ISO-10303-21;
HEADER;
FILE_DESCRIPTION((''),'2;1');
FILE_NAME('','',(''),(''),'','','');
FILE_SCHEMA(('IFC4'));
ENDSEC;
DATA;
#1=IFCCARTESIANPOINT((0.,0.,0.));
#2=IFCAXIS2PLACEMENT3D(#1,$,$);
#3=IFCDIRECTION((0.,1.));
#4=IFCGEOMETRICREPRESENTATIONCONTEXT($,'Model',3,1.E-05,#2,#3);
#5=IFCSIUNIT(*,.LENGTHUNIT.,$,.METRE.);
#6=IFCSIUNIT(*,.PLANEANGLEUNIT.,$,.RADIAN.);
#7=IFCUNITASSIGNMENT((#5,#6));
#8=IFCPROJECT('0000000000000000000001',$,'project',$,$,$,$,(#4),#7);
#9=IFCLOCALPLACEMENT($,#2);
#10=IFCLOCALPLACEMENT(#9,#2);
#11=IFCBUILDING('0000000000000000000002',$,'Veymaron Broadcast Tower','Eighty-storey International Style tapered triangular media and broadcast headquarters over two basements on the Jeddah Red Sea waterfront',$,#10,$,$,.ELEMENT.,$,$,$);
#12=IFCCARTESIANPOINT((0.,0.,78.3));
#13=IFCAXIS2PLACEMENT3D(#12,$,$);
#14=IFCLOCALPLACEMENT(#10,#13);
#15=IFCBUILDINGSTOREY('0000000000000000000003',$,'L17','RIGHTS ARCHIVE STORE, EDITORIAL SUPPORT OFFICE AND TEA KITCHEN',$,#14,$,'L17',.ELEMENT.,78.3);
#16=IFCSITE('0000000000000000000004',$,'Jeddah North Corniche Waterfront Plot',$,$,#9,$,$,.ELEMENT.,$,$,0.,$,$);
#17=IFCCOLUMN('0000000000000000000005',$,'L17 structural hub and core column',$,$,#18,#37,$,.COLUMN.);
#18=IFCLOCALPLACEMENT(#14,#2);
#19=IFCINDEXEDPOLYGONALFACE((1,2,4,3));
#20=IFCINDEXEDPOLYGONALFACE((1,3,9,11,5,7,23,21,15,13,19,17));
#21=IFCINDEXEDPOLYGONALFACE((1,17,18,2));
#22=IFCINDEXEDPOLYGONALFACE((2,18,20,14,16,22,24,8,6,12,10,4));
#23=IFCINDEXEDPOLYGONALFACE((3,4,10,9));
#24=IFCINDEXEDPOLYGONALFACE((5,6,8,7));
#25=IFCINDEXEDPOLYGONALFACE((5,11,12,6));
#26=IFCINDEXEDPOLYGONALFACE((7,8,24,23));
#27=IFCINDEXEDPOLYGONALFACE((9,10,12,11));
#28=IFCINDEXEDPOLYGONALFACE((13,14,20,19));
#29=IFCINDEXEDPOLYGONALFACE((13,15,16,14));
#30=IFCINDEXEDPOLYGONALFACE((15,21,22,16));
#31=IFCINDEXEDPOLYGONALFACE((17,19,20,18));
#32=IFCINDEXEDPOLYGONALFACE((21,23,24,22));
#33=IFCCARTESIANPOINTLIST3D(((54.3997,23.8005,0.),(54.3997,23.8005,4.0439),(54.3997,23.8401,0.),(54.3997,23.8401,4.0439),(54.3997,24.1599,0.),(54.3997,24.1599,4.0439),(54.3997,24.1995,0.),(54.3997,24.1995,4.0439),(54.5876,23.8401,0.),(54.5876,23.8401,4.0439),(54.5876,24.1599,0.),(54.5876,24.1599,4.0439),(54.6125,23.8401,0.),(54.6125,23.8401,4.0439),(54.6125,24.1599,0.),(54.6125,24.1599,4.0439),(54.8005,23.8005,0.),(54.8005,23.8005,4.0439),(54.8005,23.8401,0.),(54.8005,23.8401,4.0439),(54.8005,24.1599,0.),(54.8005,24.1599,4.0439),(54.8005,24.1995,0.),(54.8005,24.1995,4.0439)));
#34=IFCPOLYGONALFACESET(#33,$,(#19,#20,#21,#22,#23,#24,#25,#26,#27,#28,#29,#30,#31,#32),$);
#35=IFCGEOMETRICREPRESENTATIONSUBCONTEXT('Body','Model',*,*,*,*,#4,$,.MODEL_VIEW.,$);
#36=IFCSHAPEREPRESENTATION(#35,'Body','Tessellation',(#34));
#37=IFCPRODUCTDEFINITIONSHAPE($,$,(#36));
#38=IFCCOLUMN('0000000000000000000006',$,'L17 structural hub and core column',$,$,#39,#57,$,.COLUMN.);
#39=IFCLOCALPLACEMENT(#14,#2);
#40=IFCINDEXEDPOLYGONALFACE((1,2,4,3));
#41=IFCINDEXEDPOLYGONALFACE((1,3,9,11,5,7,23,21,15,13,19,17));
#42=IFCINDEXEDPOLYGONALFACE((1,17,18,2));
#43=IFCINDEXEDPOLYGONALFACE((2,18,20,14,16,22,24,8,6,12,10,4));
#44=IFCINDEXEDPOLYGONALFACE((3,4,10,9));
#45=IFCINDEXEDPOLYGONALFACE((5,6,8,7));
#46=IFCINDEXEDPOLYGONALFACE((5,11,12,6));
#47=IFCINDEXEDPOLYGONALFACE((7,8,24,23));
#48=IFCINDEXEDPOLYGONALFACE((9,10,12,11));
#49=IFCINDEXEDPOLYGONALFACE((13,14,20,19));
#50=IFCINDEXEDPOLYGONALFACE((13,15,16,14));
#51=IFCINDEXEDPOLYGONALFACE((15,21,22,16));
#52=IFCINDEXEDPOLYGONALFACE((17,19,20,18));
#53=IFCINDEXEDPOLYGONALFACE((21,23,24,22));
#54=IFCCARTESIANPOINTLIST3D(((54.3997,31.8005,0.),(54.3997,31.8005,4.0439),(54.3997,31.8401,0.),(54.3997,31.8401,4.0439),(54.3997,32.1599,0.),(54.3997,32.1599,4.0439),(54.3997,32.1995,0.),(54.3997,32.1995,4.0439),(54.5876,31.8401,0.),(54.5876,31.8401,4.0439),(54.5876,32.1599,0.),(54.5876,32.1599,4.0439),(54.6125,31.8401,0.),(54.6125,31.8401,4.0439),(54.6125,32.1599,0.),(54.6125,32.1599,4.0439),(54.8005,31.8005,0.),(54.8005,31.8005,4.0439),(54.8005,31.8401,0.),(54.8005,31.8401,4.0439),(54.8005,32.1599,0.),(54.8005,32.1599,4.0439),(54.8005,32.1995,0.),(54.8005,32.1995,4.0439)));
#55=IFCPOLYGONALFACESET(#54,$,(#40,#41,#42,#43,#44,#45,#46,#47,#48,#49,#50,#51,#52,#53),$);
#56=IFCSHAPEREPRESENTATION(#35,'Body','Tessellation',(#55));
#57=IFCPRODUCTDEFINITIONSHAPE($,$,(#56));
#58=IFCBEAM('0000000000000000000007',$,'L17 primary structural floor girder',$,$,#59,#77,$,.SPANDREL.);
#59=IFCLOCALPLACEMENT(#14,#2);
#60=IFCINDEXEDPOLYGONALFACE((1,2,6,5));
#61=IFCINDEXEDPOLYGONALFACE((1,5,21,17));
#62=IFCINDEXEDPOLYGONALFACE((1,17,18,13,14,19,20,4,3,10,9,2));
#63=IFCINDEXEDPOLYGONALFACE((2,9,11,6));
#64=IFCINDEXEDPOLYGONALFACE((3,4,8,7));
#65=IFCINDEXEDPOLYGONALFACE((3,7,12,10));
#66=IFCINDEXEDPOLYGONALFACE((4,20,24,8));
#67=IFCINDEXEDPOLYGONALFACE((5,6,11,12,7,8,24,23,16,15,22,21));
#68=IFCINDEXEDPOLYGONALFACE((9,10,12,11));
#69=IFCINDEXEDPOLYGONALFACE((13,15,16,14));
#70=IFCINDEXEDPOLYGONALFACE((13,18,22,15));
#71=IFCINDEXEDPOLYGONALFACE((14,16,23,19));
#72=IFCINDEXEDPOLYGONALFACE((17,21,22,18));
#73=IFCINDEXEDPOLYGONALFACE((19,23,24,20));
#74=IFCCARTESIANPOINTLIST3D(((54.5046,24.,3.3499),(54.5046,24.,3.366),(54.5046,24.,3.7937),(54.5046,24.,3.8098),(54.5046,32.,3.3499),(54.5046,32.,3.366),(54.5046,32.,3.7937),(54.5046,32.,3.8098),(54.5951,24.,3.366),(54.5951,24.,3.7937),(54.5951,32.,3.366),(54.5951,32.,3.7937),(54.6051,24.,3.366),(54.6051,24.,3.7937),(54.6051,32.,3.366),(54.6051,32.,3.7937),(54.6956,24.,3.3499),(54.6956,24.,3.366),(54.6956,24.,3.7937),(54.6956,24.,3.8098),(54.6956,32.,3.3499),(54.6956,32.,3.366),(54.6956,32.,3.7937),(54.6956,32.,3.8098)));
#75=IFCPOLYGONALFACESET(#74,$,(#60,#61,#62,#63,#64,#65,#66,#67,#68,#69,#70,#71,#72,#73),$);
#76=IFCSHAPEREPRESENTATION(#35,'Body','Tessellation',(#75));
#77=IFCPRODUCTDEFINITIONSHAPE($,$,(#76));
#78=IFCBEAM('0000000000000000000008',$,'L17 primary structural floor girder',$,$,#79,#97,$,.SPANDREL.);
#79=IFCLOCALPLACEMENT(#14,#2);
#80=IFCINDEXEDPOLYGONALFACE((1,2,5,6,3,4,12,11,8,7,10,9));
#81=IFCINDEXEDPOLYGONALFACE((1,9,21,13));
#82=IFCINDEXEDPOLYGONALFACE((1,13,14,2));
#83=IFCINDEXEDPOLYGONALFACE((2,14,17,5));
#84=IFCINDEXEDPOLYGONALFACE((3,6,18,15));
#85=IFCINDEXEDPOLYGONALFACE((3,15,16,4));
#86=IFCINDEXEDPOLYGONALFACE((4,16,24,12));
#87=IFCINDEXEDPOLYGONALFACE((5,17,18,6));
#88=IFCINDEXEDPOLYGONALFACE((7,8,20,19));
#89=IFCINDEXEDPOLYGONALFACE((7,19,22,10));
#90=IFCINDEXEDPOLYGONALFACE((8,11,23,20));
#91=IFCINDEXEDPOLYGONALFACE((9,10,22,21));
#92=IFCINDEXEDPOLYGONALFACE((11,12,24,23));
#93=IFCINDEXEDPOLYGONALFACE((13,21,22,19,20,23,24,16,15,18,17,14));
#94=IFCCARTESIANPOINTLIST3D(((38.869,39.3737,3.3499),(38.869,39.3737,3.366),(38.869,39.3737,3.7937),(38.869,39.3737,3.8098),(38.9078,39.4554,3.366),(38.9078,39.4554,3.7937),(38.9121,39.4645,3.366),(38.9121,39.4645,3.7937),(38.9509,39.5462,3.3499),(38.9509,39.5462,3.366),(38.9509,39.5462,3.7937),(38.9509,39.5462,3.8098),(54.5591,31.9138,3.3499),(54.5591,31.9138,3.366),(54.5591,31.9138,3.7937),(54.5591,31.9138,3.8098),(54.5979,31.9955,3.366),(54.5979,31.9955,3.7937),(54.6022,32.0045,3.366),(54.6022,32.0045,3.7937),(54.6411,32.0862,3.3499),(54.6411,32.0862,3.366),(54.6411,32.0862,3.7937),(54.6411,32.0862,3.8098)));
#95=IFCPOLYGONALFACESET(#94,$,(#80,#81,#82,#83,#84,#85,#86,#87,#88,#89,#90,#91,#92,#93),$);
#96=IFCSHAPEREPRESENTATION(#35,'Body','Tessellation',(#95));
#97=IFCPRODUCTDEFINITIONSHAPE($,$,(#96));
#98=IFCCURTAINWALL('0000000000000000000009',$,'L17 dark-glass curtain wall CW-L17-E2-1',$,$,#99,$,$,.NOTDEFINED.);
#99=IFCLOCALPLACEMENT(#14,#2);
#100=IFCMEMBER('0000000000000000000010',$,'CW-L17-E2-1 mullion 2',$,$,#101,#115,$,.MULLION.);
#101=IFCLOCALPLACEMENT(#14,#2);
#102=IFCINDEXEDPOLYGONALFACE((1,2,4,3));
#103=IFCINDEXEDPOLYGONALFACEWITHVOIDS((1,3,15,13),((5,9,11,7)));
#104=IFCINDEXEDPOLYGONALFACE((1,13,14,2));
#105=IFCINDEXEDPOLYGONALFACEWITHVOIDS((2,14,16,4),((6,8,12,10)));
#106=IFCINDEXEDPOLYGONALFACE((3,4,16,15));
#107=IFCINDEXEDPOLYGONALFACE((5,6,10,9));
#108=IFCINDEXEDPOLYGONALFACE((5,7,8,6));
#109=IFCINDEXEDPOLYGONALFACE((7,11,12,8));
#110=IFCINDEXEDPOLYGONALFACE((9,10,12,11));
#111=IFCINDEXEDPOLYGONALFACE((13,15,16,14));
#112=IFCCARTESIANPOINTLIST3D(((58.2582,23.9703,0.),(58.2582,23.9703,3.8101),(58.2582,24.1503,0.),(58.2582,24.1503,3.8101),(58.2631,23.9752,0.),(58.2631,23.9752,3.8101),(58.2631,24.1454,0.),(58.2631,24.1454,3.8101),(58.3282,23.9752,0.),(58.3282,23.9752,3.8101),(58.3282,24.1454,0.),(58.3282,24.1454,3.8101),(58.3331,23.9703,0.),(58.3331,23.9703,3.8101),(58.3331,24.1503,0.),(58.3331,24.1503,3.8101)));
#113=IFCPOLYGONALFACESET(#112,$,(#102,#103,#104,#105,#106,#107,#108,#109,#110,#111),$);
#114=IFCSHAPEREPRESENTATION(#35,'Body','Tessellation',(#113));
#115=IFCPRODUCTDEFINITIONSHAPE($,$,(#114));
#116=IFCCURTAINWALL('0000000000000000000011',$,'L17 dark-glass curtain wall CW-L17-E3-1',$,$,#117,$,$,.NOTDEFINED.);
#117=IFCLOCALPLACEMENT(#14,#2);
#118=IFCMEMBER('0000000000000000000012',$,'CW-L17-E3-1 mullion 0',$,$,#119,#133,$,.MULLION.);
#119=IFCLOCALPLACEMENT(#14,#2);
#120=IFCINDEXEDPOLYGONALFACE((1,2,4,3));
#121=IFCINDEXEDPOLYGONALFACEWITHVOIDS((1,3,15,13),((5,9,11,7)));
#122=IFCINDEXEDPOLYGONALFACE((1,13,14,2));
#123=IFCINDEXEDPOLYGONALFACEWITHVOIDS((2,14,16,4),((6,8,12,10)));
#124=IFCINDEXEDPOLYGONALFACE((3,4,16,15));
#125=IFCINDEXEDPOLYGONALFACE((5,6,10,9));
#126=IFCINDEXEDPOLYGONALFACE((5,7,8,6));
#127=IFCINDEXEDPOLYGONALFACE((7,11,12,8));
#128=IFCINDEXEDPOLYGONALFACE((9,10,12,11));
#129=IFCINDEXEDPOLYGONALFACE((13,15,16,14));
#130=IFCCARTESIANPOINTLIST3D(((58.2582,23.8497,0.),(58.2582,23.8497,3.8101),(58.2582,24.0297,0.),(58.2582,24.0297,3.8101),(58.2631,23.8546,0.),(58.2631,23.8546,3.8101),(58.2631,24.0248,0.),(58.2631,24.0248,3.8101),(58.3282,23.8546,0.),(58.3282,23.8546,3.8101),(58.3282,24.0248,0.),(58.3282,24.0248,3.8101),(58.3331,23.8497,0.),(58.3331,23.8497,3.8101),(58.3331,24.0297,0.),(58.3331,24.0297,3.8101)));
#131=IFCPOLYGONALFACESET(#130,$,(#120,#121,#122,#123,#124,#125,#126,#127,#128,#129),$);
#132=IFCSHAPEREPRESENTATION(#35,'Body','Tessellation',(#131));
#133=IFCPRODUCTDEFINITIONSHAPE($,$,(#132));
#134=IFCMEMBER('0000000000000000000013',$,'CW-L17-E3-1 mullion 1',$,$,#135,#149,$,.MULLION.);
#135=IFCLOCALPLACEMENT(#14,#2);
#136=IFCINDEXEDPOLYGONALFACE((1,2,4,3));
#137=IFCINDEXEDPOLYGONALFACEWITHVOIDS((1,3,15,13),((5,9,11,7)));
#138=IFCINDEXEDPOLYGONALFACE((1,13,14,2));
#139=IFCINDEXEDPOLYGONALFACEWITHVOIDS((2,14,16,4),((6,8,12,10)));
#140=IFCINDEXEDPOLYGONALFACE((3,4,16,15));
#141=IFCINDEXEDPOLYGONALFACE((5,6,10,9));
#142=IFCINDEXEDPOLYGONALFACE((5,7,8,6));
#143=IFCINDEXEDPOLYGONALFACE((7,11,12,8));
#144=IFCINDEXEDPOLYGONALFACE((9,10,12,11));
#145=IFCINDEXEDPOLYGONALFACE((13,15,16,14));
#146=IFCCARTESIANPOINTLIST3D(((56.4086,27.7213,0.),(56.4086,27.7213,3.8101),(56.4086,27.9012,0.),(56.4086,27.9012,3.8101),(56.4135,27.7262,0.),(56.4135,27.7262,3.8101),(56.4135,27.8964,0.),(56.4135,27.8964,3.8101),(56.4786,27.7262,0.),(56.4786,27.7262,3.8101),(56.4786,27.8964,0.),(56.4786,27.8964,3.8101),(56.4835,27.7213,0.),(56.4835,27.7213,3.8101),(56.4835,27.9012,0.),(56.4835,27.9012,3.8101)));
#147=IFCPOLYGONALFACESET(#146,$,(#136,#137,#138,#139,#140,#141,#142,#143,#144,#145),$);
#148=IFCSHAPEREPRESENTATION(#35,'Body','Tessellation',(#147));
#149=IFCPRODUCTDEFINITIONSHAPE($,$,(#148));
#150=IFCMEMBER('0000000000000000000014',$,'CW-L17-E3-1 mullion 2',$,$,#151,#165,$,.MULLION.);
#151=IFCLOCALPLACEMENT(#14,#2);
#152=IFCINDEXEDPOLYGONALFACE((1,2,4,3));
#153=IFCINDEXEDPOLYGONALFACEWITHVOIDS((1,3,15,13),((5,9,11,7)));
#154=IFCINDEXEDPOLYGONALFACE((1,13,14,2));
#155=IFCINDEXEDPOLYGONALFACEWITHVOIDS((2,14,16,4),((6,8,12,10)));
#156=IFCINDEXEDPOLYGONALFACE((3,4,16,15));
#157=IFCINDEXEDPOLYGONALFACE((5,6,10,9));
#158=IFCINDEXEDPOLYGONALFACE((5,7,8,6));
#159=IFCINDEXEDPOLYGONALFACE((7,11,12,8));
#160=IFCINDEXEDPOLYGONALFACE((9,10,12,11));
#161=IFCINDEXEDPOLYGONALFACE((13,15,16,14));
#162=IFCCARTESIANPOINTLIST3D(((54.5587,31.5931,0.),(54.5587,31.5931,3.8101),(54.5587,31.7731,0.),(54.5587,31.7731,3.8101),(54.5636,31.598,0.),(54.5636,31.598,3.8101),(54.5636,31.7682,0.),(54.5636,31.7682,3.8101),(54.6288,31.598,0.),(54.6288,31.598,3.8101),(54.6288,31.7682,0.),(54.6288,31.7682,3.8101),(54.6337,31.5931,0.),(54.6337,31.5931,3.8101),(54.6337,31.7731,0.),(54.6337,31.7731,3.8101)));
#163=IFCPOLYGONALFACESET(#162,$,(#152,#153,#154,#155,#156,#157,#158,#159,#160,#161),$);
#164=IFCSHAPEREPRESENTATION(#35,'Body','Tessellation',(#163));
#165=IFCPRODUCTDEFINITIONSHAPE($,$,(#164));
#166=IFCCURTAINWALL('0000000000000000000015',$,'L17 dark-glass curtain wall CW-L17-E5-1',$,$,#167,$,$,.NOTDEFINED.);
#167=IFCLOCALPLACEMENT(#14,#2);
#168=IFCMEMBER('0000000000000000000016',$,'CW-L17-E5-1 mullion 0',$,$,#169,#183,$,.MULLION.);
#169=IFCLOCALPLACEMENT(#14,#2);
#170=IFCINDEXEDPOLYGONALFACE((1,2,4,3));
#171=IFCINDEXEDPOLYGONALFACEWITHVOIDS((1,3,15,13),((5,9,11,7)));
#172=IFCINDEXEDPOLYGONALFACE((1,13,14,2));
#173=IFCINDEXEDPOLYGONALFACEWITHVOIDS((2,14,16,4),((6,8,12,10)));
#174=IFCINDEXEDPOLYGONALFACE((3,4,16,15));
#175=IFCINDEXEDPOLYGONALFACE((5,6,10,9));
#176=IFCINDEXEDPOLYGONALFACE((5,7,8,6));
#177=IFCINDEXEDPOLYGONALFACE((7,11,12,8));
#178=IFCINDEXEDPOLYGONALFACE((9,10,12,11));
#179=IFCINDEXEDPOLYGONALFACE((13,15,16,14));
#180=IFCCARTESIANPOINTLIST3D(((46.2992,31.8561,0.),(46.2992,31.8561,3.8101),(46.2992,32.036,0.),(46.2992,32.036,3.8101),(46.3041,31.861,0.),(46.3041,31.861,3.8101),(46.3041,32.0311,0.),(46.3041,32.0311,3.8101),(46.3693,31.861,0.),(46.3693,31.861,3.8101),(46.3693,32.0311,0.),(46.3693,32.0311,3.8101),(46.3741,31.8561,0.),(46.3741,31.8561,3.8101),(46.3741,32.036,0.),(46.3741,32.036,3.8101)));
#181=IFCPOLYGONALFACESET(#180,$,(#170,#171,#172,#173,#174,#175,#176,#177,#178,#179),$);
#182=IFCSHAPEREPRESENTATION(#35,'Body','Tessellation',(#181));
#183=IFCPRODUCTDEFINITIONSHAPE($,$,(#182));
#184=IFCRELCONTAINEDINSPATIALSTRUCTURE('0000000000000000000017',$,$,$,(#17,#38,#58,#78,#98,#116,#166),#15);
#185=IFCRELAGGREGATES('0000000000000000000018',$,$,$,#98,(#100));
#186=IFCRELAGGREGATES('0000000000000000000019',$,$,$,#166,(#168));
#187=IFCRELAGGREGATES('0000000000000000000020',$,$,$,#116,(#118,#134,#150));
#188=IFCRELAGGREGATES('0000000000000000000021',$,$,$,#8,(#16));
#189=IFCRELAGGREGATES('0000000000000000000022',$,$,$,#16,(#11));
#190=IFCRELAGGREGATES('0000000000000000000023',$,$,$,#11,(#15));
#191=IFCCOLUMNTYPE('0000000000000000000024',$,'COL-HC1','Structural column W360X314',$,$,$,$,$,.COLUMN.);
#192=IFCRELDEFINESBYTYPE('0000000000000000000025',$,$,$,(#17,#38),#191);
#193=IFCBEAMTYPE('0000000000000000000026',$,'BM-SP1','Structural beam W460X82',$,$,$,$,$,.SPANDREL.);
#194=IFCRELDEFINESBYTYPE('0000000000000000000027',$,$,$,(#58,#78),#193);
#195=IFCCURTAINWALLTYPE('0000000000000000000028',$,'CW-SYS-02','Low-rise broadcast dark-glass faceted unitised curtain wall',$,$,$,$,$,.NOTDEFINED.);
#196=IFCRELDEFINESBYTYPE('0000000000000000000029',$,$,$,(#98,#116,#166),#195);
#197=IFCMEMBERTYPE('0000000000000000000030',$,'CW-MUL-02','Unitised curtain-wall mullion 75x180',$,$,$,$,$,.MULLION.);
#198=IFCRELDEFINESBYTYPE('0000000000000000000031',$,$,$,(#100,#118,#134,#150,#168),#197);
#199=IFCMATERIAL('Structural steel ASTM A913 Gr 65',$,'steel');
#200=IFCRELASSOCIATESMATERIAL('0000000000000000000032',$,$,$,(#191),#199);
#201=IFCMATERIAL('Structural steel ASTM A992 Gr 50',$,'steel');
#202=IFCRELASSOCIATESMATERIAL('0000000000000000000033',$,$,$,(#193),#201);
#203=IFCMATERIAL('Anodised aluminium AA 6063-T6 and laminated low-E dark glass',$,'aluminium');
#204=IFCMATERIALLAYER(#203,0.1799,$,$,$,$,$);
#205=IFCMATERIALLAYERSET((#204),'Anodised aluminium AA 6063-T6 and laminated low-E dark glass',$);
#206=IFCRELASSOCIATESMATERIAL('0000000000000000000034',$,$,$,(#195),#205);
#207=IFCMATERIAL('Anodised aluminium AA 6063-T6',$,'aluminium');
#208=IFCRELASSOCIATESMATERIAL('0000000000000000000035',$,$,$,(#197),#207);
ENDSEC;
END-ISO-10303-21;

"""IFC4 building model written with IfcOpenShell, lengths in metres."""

from ifc_helpers import new_model, si_unit, direction, frame, origin, origin_2d, place, context, subcontext, project, spatial, hollow_rectangle, i_section, extrude, material, layer, layer_set, material_profile, profile_set, type_object, element, aggregate, save


model = new_model("IFC4")

# Units and contexts
model_context = context("Model", 3, precision=1e-05, world=origin(), true_north=direction((0.0, 1.0)))
body_context = subcontext(model_context, "Body", "Model", "MODEL_VIEW")
ifc_project = project(units=[si_unit("LENGTHUNIT", "METRE"), si_unit("PLANEANGLEUNIT", "RADIAN")], contexts=[model_context])

# Site, building, storey
site_placement = place(None, origin())
site = spatial("IfcSite", under=ifc_project, at=site_placement, Name="Jeddah North Corniche Waterfront Plot", CompositionType="ELEMENT", RefElevation=0.0)
building_placement = place(site_placement, origin())
building = spatial("IfcBuilding", under=site, at=building_placement, Name="Veymaron Broadcast Tower", Description="Eighty-storey International Style tapered triangular media and broadcast headquarters over two basements on the Jeddah Red Sea waterfront", CompositionType="ELEMENT")
storey_placement = place(building_placement, frame((0.0, 0.0, 78.3)))
storey = spatial("IfcBuildingStorey", under=building, at=storey_placement, Name="L17", Description="RIGHTS ARCHIVE STORE, EDITORIAL SUPPORT OFFICE AND TEA KITCHEN", LongName="L17", CompositionType="ELEMENT", Elevation=78.3)

# Columns
ifc_material_1 = material(Name="Structural steel ASTM A913 Gr 65", Category="steel")
ifc_material_profile_1 = material_profile(ifc_material_1, i_section(OverallWidth=0.4009, OverallDepth=0.3989, WebThickness=0.0249, FlangeThickness=0.0396, at=origin_2d()), Name="W360X314")
ifc_profile_set_1 = profile_set([ifc_material_profile_1], Name="Structural steel ASTM A913 Gr 65")
column_type = type_object("IfcColumnType", Name="COL-HC1", Description="Structural column W360X314", PredefinedType="COLUMN", material=ifc_profile_set_1)
for number, where, z_axis, x_axis, name in (
    (1, (54.6001, 24.0, 0.0), (0.0, 0.0, 1.0), (1.0, 0.0, 0.0), "L17 structural hub and core column"),
    (2, (54.6001, 32.0, 0.0), (0.0, 0.0, 1.0), (1.0, 0.0, 0.0), "L17 structural hub and core column"),
):
    element("IfcColumn", number, at=place(storey_placement, frame(where, z_axis=z_axis, x_axis=x_axis)), inside=storey, type_object=column_type, Name=name, PredefinedType="COLUMN", context=body_context, shape_type="SweptSolid", body=[
        extrude(i_section(OverallWidth=0.4009, OverallDepth=0.3989, WebThickness=0.0249, FlangeThickness=0.0396, at=origin_2d()), origin(), (0.0, 0.0, 1.0), 4.0439),
    ])

# Beams
ifc_material_2 = material(Name="Structural steel ASTM A992 Gr 50", Category="steel")
ifc_material_profile_2 = material_profile(ifc_material_2, i_section(OverallWidth=0.1909, OverallDepth=0.46, WebThickness=0.01, FlangeThickness=0.0161, at=origin_2d()), Name="W460X82")
ifc_profile_set_2 = profile_set([ifc_material_profile_2], Name="Structural steel ASTM A992 Gr 50")
beam_type = type_object("IfcBeamType", Name="BM-SP1", Description="Structural beam W460X82", PredefinedType="SPANDREL", material=ifc_profile_set_2)
beam_1_placement = place(storey_placement, frame((54.6001, 24.0, 3.5798), z_axis=(0.0, 1.0, 0.0), x_axis=(-1.0, 0.0, 0.0)))
element("IfcBeam", 3, at=beam_1_placement, inside=storey, type_object=beam_type, Name="L17 primary structural floor girder", PredefinedType="SPANDREL", context=body_context, shape_type="SweptSolid", body=[
    extrude(i_section(OverallWidth=0.1909, OverallDepth=0.46, WebThickness=0.01, FlangeThickness=0.0161, at=origin_2d()), origin(), (0.0, 0.0, 1.0), 8.0),
])
beam_2_placement = place(storey_placement, frame((54.6001, 32.0, 3.5798), z_axis=(-0.903119, 0.429391, 0.0), x_axis=(-0.429391, -0.903119, 0.0)))
element("IfcBeam", 4, at=beam_2_placement, inside=storey, type_object=beam_type, Name="L17 primary structural floor girder", PredefinedType="SPANDREL", context=body_context, shape_type="SweptSolid", body=[
    extrude(i_section(OverallWidth=0.1909, OverallDepth=0.46, WebThickness=0.01, FlangeThickness=0.0161, at=origin_2d()), origin(), (0.0, 0.0, 1.0), 17.3733),
])

# Curtain wall, member
ifc_material_3 = material(Name="Anodised aluminium AA 6063-T6 and laminated low-E dark glass", Category="aluminium")
ifc_layer_1 = layer(ifc_material_3, 0.1799)
ifc_layer_set_1 = layer_set([ifc_layer_1], Name="Anodised aluminium AA 6063-T6 and laminated low-E dark glass")
curtain_wall_type = type_object("IfcCurtainWallType", Name="CW-SYS-02", Description="Low-rise broadcast dark-glass faceted unitised curtain wall", PredefinedType="NOTDEFINED", material=ifc_layer_set_1)
curtain_wall_1_placement = place(storey_placement, origin())
curtain_wall_1 = element("IfcCurtainWall", 5, at=curtain_wall_1_placement, inside=storey, type_object=curtain_wall_type, Name="L17 dark-glass curtain wall CW-L17-E2-1", PredefinedType="NOTDEFINED")
ifc_material_4 = material(Name="Anodised aluminium AA 6063-T6", Category="aluminium")
ifc_material_profile_3 = material_profile(ifc_material_4, hollow_rectangle(XDim=0.075, YDim=0.1799, WallThickness=0.0049, at=origin_2d()), Name="AL180X75X5")
ifc_profile_set_3 = profile_set([ifc_material_profile_3], Name="Anodised aluminium AA 6063-T6")
member_type_1 = type_object("IfcMemberType", Name="CW-MUL-02", Description="Unitised curtain-wall mullion 75x180", PredefinedType="MULLION", material=ifc_profile_set_3)
member_1_placement = place(storey_placement, frame((58.2957, 24.0603, 0.0), z_axis=(0.0, 0.0, 1.0), x_axis=(1.0, 0.0, 0.0)))
member_1 = element("IfcMember", 6, at=member_1_placement, type_object=member_type_1, Name="CW-L17-E2-1 mullion 2", PredefinedType="MULLION", context=body_context, shape_type="SweptSolid", body=[
    extrude(hollow_rectangle(XDim=0.075, YDim=0.1799, WallThickness=0.0049, at=origin_2d()), origin(), (0.0, 0.0, 1.0), 3.8101),
])
aggregate(curtain_wall_1, [member_1])

# Curtain wall, members
curtain_wall_2_placement = place(storey_placement, origin())
curtain_wall_2 = element("IfcCurtainWall", 7, at=curtain_wall_2_placement, inside=storey, type_object=curtain_wall_type, Name="L17 dark-glass curtain wall CW-L17-E3-1", PredefinedType="NOTDEFINED")
member_2_placement = place(storey_placement, frame((58.2957, 23.9397, 0.0), z_axis=(0.0, 0.0, 1.0), x_axis=(1.0, 0.0, 0.0)))
member_2 = element("IfcMember", 8, at=member_2_placement, type_object=member_type_1, Name="CW-L17-E3-1 mullion 0", PredefinedType="MULLION", context=body_context, shape_type="SweptSolid", body=[
    extrude(hollow_rectangle(XDim=0.075, YDim=0.1799, WallThickness=0.0049, at=origin_2d()), origin(), (0.0, 0.0, 1.0), 3.8101),
])
member_3_placement = place(storey_placement, frame((56.446, 27.8113, 0.0), z_axis=(0.0, 0.0, 1.0), x_axis=(1.0, 0.0, 0.0)))
member_3 = element("IfcMember", 9, at=member_3_placement, type_object=member_type_1, Name="CW-L17-E3-1 mullion 1", PredefinedType="MULLION", context=body_context, shape_type="SweptSolid", body=[
    extrude(hollow_rectangle(XDim=0.075, YDim=0.1799, WallThickness=0.0049, at=origin_2d()), origin(), (0.0, 0.0, 1.0), 3.8101),
])
member_4_placement = place(storey_placement, frame((54.5962, 31.6831, 0.0), z_axis=(0.0, 0.0, 1.0), x_axis=(1.0, 0.0, 0.0)))
member_4 = element("IfcMember", 10, at=member_4_placement, type_object=member_type_1, Name="CW-L17-E3-1 mullion 2", PredefinedType="MULLION", context=body_context, shape_type="SweptSolid", body=[
    extrude(hollow_rectangle(XDim=0.075, YDim=0.1799, WallThickness=0.0049, at=origin_2d()), origin(), (0.0, 0.0, 1.0), 3.8101),
])

# Curtain wall, member
curtain_wall_3_placement = place(storey_placement, origin())
curtain_wall_3 = element("IfcCurtainWall", 11, at=curtain_wall_3_placement, inside=storey, type_object=curtain_wall_type, Name="L17 dark-glass curtain wall CW-L17-E5-1", PredefinedType="NOTDEFINED")
member_5_placement = place(storey_placement, frame((46.3367, 31.946, 0.0), z_axis=(0.0, 0.0, 1.0), x_axis=(1.0, 0.0, 0.0)))
member_5 = element("IfcMember", 12, at=member_5_placement, type_object=member_type_1, Name="CW-L17-E5-1 mullion 0", PredefinedType="MULLION", context=body_context, shape_type="SweptSolid", body=[
    extrude(hollow_rectangle(XDim=0.075, YDim=0.1799, WallThickness=0.0049, at=origin_2d()), origin(), (0.0, 0.0, 1.0), 3.8101),
])

aggregate(curtain_wall_3, [member_5])

aggregate(curtain_wall_2, [member_2, member_3, member_4])

save(model, "model.ifc")
